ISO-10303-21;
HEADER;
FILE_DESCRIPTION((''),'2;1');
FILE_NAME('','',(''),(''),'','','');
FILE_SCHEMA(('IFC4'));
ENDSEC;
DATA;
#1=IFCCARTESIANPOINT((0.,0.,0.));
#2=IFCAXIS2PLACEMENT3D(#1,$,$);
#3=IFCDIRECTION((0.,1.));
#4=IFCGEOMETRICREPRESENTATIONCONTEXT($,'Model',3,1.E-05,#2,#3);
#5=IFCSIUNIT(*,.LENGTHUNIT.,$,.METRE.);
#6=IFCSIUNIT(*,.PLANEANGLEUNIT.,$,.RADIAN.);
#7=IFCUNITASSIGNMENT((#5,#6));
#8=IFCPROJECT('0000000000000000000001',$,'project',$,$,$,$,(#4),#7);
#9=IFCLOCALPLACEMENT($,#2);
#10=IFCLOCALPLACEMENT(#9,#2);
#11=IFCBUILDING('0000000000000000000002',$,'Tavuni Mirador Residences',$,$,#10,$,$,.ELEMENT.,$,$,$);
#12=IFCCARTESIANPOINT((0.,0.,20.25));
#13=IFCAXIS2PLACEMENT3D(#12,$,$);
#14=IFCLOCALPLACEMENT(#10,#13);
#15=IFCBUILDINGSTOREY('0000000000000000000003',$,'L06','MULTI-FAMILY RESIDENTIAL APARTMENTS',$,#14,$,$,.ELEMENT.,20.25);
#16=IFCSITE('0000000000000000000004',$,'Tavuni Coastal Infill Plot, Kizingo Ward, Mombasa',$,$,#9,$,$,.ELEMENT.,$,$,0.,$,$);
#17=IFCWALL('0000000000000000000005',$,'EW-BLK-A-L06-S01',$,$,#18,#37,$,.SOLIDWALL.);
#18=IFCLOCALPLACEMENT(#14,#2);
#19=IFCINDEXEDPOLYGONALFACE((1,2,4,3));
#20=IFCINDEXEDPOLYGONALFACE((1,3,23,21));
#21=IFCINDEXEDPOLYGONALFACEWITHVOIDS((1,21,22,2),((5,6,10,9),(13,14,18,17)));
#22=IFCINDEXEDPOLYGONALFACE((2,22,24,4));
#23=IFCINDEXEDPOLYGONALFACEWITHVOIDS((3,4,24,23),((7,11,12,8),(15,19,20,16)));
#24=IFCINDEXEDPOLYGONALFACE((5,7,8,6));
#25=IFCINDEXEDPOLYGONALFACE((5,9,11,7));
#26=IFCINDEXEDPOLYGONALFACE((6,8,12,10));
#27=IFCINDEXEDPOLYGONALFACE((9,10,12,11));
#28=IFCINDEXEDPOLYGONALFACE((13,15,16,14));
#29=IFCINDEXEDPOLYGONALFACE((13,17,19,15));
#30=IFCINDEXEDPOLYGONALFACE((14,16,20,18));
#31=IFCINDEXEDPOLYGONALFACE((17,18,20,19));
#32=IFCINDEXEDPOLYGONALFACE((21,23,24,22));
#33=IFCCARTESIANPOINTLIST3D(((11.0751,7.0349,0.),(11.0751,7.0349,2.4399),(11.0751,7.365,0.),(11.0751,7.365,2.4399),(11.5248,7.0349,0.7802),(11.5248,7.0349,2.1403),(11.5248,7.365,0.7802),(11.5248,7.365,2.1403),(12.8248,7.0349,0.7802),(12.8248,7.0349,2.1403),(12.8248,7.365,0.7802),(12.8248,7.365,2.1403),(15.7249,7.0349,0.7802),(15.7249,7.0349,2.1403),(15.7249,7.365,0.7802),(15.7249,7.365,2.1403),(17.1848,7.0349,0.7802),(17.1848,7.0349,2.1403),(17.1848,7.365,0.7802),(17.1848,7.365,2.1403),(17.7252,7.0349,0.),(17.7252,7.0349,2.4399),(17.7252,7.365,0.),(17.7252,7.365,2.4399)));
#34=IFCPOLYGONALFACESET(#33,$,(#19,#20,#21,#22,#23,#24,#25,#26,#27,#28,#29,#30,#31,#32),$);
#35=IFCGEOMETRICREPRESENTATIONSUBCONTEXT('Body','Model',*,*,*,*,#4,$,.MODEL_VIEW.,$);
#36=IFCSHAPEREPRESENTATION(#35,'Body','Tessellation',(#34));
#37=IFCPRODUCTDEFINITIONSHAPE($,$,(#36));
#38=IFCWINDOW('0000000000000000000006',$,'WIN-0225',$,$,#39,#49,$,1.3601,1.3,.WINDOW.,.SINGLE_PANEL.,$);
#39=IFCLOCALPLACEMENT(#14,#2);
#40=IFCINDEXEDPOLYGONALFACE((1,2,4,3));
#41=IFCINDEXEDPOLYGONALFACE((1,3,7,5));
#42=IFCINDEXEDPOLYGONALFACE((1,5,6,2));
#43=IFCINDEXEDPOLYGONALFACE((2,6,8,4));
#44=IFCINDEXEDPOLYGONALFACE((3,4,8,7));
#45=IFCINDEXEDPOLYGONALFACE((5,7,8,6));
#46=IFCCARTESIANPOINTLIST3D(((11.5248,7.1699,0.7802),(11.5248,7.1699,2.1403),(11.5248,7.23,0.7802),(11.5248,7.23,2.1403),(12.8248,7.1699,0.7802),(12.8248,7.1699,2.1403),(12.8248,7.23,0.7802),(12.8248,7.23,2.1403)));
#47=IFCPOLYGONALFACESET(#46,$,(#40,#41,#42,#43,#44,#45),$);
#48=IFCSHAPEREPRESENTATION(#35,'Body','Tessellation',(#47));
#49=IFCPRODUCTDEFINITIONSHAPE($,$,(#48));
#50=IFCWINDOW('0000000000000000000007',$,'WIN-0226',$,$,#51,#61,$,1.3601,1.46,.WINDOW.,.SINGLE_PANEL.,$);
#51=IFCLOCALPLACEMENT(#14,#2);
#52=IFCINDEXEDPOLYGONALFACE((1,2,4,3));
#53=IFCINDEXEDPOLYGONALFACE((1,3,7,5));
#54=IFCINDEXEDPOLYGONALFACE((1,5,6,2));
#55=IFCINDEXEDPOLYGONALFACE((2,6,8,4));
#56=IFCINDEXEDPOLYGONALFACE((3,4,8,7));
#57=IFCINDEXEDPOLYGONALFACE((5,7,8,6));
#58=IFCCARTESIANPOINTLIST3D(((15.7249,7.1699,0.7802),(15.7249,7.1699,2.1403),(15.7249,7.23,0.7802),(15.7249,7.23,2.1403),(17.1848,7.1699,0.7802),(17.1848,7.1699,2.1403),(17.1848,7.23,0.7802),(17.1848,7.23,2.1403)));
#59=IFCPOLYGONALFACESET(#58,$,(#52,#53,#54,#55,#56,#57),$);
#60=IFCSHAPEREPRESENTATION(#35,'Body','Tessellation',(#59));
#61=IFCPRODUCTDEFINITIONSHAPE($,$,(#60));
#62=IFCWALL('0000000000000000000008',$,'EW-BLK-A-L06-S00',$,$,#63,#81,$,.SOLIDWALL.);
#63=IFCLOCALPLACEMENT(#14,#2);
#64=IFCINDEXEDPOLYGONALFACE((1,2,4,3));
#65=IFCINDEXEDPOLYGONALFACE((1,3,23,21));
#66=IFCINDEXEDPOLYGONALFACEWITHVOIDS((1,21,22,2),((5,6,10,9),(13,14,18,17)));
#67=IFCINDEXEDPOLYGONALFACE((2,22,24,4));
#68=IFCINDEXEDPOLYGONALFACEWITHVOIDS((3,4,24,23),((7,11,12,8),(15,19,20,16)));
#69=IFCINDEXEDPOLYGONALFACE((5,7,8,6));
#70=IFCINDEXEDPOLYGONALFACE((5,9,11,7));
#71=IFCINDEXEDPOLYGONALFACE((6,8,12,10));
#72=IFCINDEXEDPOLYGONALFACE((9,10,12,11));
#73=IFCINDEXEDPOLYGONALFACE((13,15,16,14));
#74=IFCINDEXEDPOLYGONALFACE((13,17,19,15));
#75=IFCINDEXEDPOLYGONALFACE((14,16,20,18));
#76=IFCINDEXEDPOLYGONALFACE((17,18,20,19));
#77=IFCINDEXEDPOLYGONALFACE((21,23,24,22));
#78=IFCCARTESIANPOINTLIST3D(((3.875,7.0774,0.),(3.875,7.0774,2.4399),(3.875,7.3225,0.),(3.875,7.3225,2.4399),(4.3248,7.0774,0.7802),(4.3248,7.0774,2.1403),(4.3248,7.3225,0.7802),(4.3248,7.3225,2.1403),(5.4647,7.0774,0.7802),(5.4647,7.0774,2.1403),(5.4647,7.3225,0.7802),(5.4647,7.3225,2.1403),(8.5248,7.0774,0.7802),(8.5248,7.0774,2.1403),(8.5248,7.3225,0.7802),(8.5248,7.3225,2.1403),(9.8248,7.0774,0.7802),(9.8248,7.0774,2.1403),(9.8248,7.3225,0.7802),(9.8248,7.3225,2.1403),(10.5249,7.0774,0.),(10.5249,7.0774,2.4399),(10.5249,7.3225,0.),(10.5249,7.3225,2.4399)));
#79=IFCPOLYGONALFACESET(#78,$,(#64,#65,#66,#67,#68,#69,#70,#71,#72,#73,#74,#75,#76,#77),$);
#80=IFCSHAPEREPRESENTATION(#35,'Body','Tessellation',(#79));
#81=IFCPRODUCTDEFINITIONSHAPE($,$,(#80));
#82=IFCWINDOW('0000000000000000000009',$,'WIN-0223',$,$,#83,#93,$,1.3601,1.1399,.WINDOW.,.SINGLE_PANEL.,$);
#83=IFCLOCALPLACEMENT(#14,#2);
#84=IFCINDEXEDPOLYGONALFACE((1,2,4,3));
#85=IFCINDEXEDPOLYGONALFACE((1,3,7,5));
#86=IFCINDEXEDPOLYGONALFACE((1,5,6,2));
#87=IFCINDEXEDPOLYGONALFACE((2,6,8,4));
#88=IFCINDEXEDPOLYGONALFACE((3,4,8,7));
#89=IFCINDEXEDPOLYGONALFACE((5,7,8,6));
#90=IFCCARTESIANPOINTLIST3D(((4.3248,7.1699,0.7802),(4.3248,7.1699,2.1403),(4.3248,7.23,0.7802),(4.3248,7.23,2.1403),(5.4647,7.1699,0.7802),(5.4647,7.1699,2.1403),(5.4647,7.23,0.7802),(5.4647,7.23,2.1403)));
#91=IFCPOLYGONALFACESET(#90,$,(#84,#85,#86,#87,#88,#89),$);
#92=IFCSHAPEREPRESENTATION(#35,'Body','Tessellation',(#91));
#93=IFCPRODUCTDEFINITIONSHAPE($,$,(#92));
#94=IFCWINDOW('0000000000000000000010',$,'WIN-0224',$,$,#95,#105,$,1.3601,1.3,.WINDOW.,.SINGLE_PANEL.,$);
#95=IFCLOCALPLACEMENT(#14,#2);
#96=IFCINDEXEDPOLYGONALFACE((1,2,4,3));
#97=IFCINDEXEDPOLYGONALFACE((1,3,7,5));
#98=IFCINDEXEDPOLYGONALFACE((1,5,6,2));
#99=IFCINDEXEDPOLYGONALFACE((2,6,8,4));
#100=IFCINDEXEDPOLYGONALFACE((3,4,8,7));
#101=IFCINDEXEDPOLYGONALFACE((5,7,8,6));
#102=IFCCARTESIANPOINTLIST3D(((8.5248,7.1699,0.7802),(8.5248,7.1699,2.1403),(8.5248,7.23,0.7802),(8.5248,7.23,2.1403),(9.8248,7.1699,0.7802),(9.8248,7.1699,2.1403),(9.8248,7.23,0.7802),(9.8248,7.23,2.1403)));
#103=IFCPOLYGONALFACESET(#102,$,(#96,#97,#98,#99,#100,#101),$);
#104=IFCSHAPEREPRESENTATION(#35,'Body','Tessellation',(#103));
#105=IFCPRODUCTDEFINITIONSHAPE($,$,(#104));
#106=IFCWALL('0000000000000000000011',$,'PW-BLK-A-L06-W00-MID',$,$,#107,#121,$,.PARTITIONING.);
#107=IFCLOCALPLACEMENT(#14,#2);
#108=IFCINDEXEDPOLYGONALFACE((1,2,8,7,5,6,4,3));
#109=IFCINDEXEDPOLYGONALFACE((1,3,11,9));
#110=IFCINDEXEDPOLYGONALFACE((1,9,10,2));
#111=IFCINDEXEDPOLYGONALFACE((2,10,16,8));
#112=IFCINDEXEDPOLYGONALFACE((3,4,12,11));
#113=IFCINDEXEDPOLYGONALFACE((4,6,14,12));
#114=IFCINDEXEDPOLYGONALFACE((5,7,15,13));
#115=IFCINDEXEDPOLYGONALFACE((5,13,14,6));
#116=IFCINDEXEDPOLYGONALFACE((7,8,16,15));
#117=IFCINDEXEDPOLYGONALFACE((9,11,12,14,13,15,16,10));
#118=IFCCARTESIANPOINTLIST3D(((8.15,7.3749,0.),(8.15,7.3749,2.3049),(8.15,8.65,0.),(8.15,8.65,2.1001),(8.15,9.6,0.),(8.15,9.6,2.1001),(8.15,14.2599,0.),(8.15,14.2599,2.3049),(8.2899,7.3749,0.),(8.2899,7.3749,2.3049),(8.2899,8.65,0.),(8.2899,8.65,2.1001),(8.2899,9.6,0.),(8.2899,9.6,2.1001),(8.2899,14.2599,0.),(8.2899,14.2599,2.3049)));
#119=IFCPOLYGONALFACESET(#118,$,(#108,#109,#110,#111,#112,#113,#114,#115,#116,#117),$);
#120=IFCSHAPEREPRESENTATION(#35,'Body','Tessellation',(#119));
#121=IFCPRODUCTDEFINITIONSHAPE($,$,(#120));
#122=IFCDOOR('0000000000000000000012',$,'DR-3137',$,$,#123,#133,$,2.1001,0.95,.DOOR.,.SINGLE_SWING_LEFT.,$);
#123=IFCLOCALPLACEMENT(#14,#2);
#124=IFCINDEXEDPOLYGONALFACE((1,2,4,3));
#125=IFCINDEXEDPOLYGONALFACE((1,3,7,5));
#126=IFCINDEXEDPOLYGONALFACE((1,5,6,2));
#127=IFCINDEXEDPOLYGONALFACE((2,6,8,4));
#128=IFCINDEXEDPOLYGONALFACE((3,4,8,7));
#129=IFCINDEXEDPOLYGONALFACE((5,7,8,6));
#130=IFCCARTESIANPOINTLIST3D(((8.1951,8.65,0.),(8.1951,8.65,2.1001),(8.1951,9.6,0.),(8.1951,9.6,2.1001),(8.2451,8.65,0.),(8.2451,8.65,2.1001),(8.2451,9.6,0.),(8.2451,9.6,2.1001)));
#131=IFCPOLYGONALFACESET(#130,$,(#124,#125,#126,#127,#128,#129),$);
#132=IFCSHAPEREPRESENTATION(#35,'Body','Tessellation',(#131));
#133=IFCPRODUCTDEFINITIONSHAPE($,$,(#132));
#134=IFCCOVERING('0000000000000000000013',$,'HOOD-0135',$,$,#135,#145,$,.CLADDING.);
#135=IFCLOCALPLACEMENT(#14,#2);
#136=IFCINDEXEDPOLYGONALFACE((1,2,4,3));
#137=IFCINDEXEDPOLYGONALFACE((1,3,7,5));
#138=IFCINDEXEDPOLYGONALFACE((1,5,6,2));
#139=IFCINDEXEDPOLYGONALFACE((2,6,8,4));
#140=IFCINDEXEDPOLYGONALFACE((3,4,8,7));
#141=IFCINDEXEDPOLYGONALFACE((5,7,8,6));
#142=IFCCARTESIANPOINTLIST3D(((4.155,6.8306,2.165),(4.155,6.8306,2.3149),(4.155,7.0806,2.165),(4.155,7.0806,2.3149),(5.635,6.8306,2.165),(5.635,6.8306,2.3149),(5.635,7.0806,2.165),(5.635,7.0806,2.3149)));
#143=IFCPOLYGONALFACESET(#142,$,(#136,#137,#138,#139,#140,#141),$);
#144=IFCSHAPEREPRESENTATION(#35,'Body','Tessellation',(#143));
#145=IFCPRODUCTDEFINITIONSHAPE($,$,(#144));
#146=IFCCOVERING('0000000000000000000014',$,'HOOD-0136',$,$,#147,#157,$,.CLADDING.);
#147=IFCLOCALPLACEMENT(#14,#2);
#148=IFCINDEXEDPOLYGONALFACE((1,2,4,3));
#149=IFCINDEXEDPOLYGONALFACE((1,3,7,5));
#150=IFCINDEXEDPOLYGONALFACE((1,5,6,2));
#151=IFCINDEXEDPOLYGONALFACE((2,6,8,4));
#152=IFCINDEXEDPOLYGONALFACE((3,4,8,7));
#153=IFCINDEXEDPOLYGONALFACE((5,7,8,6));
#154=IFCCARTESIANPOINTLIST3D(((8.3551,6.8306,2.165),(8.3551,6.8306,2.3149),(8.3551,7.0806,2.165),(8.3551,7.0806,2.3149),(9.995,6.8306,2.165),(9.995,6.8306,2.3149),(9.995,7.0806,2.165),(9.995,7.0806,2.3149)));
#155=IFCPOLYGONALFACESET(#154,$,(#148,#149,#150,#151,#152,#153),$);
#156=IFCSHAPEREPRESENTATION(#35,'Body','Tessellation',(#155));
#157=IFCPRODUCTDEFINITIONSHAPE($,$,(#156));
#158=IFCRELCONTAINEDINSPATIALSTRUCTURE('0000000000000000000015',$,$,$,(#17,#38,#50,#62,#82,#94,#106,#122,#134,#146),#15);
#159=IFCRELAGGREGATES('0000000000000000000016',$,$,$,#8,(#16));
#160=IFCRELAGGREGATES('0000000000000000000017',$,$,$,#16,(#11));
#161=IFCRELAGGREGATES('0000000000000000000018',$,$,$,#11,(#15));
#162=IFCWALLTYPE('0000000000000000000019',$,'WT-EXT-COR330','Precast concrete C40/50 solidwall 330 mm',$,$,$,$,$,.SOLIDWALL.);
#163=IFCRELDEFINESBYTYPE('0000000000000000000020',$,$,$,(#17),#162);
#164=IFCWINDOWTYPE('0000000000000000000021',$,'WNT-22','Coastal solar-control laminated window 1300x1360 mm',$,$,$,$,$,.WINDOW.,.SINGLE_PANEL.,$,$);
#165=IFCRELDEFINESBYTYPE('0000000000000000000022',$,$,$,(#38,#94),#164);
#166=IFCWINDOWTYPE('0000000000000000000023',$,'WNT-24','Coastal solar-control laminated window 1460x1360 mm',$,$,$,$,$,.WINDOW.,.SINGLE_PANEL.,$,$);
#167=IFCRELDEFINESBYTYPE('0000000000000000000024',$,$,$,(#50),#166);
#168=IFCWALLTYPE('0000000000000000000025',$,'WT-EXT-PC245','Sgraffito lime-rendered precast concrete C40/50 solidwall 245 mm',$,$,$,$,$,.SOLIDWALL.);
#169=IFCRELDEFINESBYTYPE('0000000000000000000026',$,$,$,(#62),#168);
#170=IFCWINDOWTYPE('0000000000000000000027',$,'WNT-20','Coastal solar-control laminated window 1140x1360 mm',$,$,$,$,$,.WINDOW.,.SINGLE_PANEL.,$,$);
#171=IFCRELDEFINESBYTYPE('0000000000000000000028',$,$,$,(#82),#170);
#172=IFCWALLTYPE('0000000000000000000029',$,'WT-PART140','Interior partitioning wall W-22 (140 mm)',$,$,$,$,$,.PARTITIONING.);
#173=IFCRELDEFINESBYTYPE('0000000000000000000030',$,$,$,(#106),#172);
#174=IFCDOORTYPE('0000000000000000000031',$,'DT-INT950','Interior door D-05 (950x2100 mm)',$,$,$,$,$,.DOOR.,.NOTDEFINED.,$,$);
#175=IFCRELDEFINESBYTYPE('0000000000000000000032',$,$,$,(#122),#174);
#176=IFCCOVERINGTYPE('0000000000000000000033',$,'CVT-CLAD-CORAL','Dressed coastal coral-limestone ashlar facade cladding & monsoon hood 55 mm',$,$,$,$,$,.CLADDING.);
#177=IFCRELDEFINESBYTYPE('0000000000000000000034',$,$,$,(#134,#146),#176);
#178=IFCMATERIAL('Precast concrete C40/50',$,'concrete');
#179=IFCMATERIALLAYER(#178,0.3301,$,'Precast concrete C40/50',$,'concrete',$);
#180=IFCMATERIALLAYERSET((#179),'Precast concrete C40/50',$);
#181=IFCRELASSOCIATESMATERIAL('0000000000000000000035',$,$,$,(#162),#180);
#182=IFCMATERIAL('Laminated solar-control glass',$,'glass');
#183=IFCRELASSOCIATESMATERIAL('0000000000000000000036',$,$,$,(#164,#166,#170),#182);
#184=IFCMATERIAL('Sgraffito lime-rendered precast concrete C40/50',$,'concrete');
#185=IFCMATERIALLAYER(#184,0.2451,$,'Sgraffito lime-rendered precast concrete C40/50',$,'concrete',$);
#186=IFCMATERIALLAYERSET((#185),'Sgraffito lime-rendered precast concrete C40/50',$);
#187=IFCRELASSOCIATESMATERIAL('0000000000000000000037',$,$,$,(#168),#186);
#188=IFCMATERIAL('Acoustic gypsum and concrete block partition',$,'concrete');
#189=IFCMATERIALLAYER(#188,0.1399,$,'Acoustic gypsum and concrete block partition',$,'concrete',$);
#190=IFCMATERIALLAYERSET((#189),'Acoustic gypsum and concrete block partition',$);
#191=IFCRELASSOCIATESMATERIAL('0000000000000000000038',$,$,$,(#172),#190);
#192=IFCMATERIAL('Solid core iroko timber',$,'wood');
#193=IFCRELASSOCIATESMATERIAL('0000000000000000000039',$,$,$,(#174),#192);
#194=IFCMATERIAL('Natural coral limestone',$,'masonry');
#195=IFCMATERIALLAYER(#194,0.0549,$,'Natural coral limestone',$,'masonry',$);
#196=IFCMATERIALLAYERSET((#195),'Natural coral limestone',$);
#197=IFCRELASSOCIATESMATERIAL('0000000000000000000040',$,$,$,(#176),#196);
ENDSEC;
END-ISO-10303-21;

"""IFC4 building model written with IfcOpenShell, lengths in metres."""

from ifc_helpers import new_model, si_unit, direction, frame, frame_2d, origin, origin_2d, place, context, subcontext, project, spatial, rectangle, extrude, material, layer, layer_set, type_object, element, fill, save


model = new_model("IFC4")

# Units and contexts
model_context = context("Model", 3, precision=1e-05, world=origin(), true_north=direction((0.0, 1.0)))
body_context = subcontext(model_context, "Body", "Model", "MODEL_VIEW")
ifc_project = project(units=[si_unit("LENGTHUNIT", "METRE"), si_unit("PLANEANGLEUNIT", "RADIAN")], contexts=[model_context])

# Site, building, storey
site_placement = place(None, origin())
site = spatial("IfcSite", under=ifc_project, at=site_placement, Name="Tavuni Coastal Infill Plot, Kizingo Ward, Mombasa", CompositionType="ELEMENT", RefElevation=0.0)
building_placement = place(site_placement, origin())
building = spatial("IfcBuilding", under=site, at=building_placement, Name="Tavuni Mirador Residences", CompositionType="ELEMENT")
storey_placement = place(building_placement, frame((0.0, 0.0, 20.25)))
storey = spatial("IfcBuildingStorey", under=building, at=storey_placement, Name="L06", Description="MULTI-FAMILY RESIDENTIAL APARTMENTS", CompositionType="ELEMENT", Elevation=20.25)

# Shared definitions
ifc_material_1 = material(Name="Precast concrete C40/50", Category="concrete")

# Shared definitions
ifc_material_2 = material(Name="Laminated solar-control glass", Category="glass")

# Shared definitions
ifc_material_3 = material(Name="Solid core iroko timber", Category="wood")

# Walls, openings, windows
ifc_layer_1 = layer(ifc_material_1, 0.3301, Name="Precast concrete C40/50", Category="concrete")
ifc_layer_set_1 = layer_set([ifc_layer_1], Name="Precast concrete C40/50")
wall_type_1 = type_object("IfcWallType", Name="WT-EXT-COR330", Description="Precast concrete C40/50 solidwall 330 mm", PredefinedType="SOLIDWALL", material=ifc_layer_set_1)
wall_1_placement = place(storey_placement, frame((11.075, 7.2, 0.0), z_axis=(0.0, 0.0, 1.0), x_axis=(1.0, 0.0, 0.0)))
wall_1 = element("IfcWall", 1, at=wall_1_placement, inside=storey, type_object=wall_type_1, Name="EW-BLK-A-L06-S01", PredefinedType="SOLIDWALL", context=body_context, shape_type="SweptSolid", body=[
    extrude(rectangle(XDim=6.6501, YDim=0.3301, at=frame_2d((3.3252, 0.0))), origin(), (0.0, 0.0, 1.0), 2.4399),
])
opening_1_placement = place(wall_1_placement, frame((0.45, 0.0, 0.78)))
opening_1 = element("IfcOpeningElement", 2, at=opening_1_placement, cuts=wall_1, PredefinedType="OPENING", context=body_context, shape_type="SweptSolid", body=[
    extrude(rectangle(XDim=1.3, YDim=1.3601, at=frame_2d((0.6499, 0.6802))), frame((0.0, 0.175, 0.0), z_axis=(0.0, -1.0, 0.0), x_axis=(1.0, 0.0, 0.0)), (0.0, 0.0, 1.0), 0.3501),
])
opening_2_placement = place(wall_1_placement, frame((4.6499, 0.0, 0.78)))
opening_2 = element("IfcOpeningElement", 3, at=opening_2_placement, cuts=wall_1, PredefinedType="OPENING", context=body_context, shape_type="SweptSolid", body=[
    extrude(rectangle(XDim=1.46, YDim=1.3601, at=frame_2d((0.73, 0.6802))), frame((0.0, 0.175, 0.0), z_axis=(0.0, -1.0, 0.0), x_axis=(1.0, 0.0, 0.0)), (0.0, 0.0, 1.0), 0.3501),
])
window_type_1 = type_object("IfcWindowType", Name="WNT-22", Description="Coastal solar-control laminated window 1300x1360 mm", PartitioningType="SINGLE_PANEL", PredefinedType="WINDOW", material=ifc_material_2)
window_1_placement = place(opening_1_placement, origin())
window_1 = element("IfcWindow", 4, at=window_1_placement, inside=storey, type_object=window_type_1, Name="WIN-0225", OverallHeight=1.3601, OverallWidth=1.3, PartitioningType="SINGLE_PANEL", PredefinedType="WINDOW", context=body_context, shape_type="SweptSolid", body=[
    extrude(rectangle(XDim=1.3, YDim=1.3601, at=frame_2d((0.6499, 0.6802))), frame((0.0, 0.03, 0.0), z_axis=(0.0, -1.0, 0.0), x_axis=(1.0, 0.0, 0.0)), (0.0, 0.0, 1.0), 0.0601),
])
fill(opening_1, window_1)
window_type_2 = type_object("IfcWindowType", Name="WNT-24", Description="Coastal solar-control laminated window 1460x1360 mm", PartitioningType="SINGLE_PANEL", PredefinedType="WINDOW", material=ifc_material_2)
window_2_placement = place(opening_2_placement, origin())
window_2 = element("IfcWindow", 5, at=window_2_placement, inside=storey, type_object=window_type_2, Name="WIN-0226", OverallHeight=1.3601, OverallWidth=1.46, PartitioningType="SINGLE_PANEL", PredefinedType="WINDOW", context=body_context, shape_type="SweptSolid", body=[
    extrude(rectangle(XDim=1.46, YDim=1.3601, at=frame_2d((0.73, 0.6802))), frame((0.0, 0.03, 0.0), z_axis=(0.0, -1.0, 0.0), x_axis=(1.0, 0.0, 0.0)), (0.0, 0.0, 1.0), 0.0601),
])
fill(opening_2, window_2)
ifc_material_4 = material(Name="Sgraffito lime-rendered precast concrete C40/50", Category="concrete")
ifc_layer_2 = layer(ifc_material_4, 0.2451, Name="Sgraffito lime-rendered precast concrete C40/50", Category="concrete")
ifc_layer_set_2 = layer_set([ifc_layer_2], Name="Sgraffito lime-rendered precast concrete C40/50")
wall_type_2 = type_object("IfcWallType", Name="WT-EXT-PC245", Description="Sgraffito lime-rendered precast concrete C40/50 solidwall 245 mm", PredefinedType="SOLIDWALL", material=ifc_layer_set_2)
wall_2_placement = place(storey_placement, frame((3.875, 7.2, 0.0), z_axis=(0.0, 0.0, 1.0), x_axis=(1.0, 0.0, 0.0)))
wall_2 = element("IfcWall", 6, at=wall_2_placement, inside=storey, type_object=wall_type_2, Name="EW-BLK-A-L06-S00", PredefinedType="SOLIDWALL", context=body_context, shape_type="SweptSolid", body=[
    extrude(rectangle(XDim=6.6499, YDim=0.2451, at=frame_2d((3.325, 0.0))), origin(), (0.0, 0.0, 1.0), 2.4399),
])
opening_3_placement = place(wall_2_placement, frame((0.45, 0.0, 0.78)))
opening_3 = element("IfcOpeningElement", 7, at=opening_3_placement, cuts=wall_2, PredefinedType="OPENING", context=body_context, shape_type="SweptSolid", body=[
    extrude(rectangle(XDim=1.1399, YDim=1.3601, at=frame_2d((0.5698, 0.6802))), frame((0.0, 0.1326, 0.0), z_axis=(0.0, -1.0, 0.0), x_axis=(1.0, 0.0, 0.0)), (0.0, 0.0, 1.0), 0.2651),
])
opening_4_placement = place(wall_2_placement, frame((4.6499, 0.0, 0.78)))
opening_4 = element("IfcOpeningElement", 8, at=opening_4_placement, cuts=wall_2, PredefinedType="OPENING", context=body_context, shape_type="SweptSolid", body=[
    extrude(rectangle(XDim=1.3, YDim=1.3601, at=frame_2d((0.6499, 0.6802))), frame((0.0, 0.1326, 0.0), z_axis=(0.0, -1.0, 0.0), x_axis=(1.0, 0.0, 0.0)), (0.0, 0.0, 1.0), 0.2651),
])
window_type_3 = type_object("IfcWindowType", Name="WNT-20", Description="Coastal solar-control laminated window 1140x1360 mm", PartitioningType="SINGLE_PANEL", PredefinedType="WINDOW", material=ifc_material_2)
window_3_placement = place(opening_3_placement, origin())
window_3 = element("IfcWindow", 9, at=window_3_placement, inside=storey, type_object=window_type_3, Name="WIN-0223", OverallHeight=1.3601, OverallWidth=1.1399, PartitioningType="SINGLE_PANEL", PredefinedType="WINDOW", context=body_context, shape_type="SweptSolid", body=[
    extrude(rectangle(XDim=1.1399, YDim=1.3601, at=frame_2d((0.5698, 0.6802))), frame((0.0, 0.03, 0.0), z_axis=(0.0, -1.0, 0.0), x_axis=(1.0, 0.0, 0.0)), (0.0, 0.0, 1.0), 0.0601),
])
fill(opening_3, window_3)
window_4_placement = place(opening_4_placement, origin())
window_4 = element("IfcWindow", 10, at=window_4_placement, inside=storey, type_object=window_type_1, Name="WIN-0224", OverallHeight=1.3601, OverallWidth=1.3, PartitioningType="SINGLE_PANEL", PredefinedType="WINDOW", context=body_context, shape_type="SweptSolid", body=[
    extrude(rectangle(XDim=1.3, YDim=1.3601, at=frame_2d((0.6499, 0.6802))), frame((0.0, 0.03, 0.0), z_axis=(0.0, -1.0, 0.0), x_axis=(1.0, 0.0, 0.0)), (0.0, 0.0, 1.0), 0.0601),
])
fill(opening_4, window_4)

# Wall, opening, door
ifc_material_5 = material(Name="Acoustic gypsum and concrete block partition", Category="concrete")
ifc_layer_3 = layer(ifc_material_5, 0.1399, Name="Acoustic gypsum and concrete block partition", Category="concrete")
ifc_layer_set_3 = layer_set([ifc_layer_3], Name="Acoustic gypsum and concrete block partition")
wall_type_3 = type_object("IfcWallType", Name="WT-PART140", Description="Interior partitioning wall W-22 (140 mm)", PredefinedType="PARTITIONING", material=ifc_layer_set_3)
wall_3_placement = place(storey_placement, frame((8.22, 7.375, 0.0), z_axis=(0.0, 0.0, 1.0), x_axis=(0.0, 1.0, 0.0)))
wall_3 = element("IfcWall", 11, at=wall_3_placement, inside=storey, type_object=wall_type_3, Name="PW-BLK-A-L06-W00-MID", PredefinedType="PARTITIONING", context=body_context, shape_type="SweptSolid", body=[
    extrude(rectangle(XDim=6.885, YDim=0.1399, at=frame_2d((3.4424, 0.0))), origin(), (0.0, 0.0, 1.0), 2.3049),
])
opening_5_placement = place(wall_3_placement, frame((1.2749, 0.0, 0.0)))
opening_5 = element("IfcOpeningElement", 12, at=opening_5_placement, cuts=wall_3, PredefinedType="OPENING", context=body_context, shape_type="SweptSolid", body=[
    extrude(rectangle(XDim=0.95, YDim=2.1001, at=frame_2d((0.4751, 1.05))), frame((0.0, 0.0801, 0.0), z_axis=(0.0, -1.0, 0.0), x_axis=(1.0, 0.0, 0.0)), (0.0, 0.0, 1.0), 0.1599),
])
door_type_1 = type_object("IfcDoorType", Name="DT-INT950", Description="Interior door D-05 (950x2100 mm)", OperationType="NOTDEFINED", PredefinedType="DOOR", material=ifc_material_3)
door_1_placement = place(opening_5_placement, origin())
door_1 = element("IfcDoor", 13, at=door_1_placement, inside=storey, type_object=door_type_1, Name="DR-3137", OperationType="SINGLE_SWING_LEFT", OverallHeight=2.1001, OverallWidth=0.95, PredefinedType="DOOR", context=body_context, shape_type="SweptSolid", body=[
    extrude(rectangle(XDim=0.95, YDim=2.1001, at=frame_2d((0.4751, 1.05))), frame((0.0, 0.0249, 0.0), z_axis=(0.0, -1.0, 0.0), x_axis=(1.0, 0.0, 0.0)), (0.0, 0.0, 1.0), 0.05),
])
fill(opening_5, door_1)

# Coverings
ifc_material_6 = material(Name="Natural coral limestone", Category="masonry")
ifc_layer_4 = layer(ifc_material_6, 0.0549, Name="Natural coral limestone", Category="masonry")
ifc_layer_set_4 = layer_set([ifc_layer_4], Name="Natural coral limestone")
covering_type = type_object("IfcCoveringType", Name="CVT-CLAD-CORAL", Description="Dressed coastal coral-limestone ashlar facade cladding & monsoon hood 55 mm", PredefinedType="CLADDING", material=ifc_layer_set_4)
covering_1_placement = place(storey_placement, frame((4.895, 6.9556, 2.165), z_axis=(0.0, 0.0, 1.0), x_axis=(1.0, 0.0, 0.0)))
element("IfcCovering", 14, at=covering_1_placement, inside=storey, type_object=covering_type, Name="HOOD-0135", PredefinedType="CLADDING", context=body_context, shape_type="SweptSolid", body=[
    extrude(rectangle(XDim=1.48, YDim=0.25, at=origin_2d()), origin(), (0.0, 0.0, 1.0), 0.1499),
])
for number, where, z_axis, x_axis, name in (
    (15, (9.175, 6.9556, 2.165), (0.0, 0.0, 1.0), (1.0, 0.0, 0.0), "HOOD-0136"),
):
    element("IfcCovering", number, at=place(storey_placement, frame(where, z_axis=z_axis, x_axis=x_axis)), inside=storey, type_object=covering_type, Name=name, PredefinedType="CLADDING", context=body_context, shape_type="SweptSolid", body=[
        extrude(rectangle(XDim=1.6399, YDim=0.25, at=origin_2d()), origin(), (0.0, 0.0, 1.0), 0.1499),
    ])

save(model, "model.ifc")
